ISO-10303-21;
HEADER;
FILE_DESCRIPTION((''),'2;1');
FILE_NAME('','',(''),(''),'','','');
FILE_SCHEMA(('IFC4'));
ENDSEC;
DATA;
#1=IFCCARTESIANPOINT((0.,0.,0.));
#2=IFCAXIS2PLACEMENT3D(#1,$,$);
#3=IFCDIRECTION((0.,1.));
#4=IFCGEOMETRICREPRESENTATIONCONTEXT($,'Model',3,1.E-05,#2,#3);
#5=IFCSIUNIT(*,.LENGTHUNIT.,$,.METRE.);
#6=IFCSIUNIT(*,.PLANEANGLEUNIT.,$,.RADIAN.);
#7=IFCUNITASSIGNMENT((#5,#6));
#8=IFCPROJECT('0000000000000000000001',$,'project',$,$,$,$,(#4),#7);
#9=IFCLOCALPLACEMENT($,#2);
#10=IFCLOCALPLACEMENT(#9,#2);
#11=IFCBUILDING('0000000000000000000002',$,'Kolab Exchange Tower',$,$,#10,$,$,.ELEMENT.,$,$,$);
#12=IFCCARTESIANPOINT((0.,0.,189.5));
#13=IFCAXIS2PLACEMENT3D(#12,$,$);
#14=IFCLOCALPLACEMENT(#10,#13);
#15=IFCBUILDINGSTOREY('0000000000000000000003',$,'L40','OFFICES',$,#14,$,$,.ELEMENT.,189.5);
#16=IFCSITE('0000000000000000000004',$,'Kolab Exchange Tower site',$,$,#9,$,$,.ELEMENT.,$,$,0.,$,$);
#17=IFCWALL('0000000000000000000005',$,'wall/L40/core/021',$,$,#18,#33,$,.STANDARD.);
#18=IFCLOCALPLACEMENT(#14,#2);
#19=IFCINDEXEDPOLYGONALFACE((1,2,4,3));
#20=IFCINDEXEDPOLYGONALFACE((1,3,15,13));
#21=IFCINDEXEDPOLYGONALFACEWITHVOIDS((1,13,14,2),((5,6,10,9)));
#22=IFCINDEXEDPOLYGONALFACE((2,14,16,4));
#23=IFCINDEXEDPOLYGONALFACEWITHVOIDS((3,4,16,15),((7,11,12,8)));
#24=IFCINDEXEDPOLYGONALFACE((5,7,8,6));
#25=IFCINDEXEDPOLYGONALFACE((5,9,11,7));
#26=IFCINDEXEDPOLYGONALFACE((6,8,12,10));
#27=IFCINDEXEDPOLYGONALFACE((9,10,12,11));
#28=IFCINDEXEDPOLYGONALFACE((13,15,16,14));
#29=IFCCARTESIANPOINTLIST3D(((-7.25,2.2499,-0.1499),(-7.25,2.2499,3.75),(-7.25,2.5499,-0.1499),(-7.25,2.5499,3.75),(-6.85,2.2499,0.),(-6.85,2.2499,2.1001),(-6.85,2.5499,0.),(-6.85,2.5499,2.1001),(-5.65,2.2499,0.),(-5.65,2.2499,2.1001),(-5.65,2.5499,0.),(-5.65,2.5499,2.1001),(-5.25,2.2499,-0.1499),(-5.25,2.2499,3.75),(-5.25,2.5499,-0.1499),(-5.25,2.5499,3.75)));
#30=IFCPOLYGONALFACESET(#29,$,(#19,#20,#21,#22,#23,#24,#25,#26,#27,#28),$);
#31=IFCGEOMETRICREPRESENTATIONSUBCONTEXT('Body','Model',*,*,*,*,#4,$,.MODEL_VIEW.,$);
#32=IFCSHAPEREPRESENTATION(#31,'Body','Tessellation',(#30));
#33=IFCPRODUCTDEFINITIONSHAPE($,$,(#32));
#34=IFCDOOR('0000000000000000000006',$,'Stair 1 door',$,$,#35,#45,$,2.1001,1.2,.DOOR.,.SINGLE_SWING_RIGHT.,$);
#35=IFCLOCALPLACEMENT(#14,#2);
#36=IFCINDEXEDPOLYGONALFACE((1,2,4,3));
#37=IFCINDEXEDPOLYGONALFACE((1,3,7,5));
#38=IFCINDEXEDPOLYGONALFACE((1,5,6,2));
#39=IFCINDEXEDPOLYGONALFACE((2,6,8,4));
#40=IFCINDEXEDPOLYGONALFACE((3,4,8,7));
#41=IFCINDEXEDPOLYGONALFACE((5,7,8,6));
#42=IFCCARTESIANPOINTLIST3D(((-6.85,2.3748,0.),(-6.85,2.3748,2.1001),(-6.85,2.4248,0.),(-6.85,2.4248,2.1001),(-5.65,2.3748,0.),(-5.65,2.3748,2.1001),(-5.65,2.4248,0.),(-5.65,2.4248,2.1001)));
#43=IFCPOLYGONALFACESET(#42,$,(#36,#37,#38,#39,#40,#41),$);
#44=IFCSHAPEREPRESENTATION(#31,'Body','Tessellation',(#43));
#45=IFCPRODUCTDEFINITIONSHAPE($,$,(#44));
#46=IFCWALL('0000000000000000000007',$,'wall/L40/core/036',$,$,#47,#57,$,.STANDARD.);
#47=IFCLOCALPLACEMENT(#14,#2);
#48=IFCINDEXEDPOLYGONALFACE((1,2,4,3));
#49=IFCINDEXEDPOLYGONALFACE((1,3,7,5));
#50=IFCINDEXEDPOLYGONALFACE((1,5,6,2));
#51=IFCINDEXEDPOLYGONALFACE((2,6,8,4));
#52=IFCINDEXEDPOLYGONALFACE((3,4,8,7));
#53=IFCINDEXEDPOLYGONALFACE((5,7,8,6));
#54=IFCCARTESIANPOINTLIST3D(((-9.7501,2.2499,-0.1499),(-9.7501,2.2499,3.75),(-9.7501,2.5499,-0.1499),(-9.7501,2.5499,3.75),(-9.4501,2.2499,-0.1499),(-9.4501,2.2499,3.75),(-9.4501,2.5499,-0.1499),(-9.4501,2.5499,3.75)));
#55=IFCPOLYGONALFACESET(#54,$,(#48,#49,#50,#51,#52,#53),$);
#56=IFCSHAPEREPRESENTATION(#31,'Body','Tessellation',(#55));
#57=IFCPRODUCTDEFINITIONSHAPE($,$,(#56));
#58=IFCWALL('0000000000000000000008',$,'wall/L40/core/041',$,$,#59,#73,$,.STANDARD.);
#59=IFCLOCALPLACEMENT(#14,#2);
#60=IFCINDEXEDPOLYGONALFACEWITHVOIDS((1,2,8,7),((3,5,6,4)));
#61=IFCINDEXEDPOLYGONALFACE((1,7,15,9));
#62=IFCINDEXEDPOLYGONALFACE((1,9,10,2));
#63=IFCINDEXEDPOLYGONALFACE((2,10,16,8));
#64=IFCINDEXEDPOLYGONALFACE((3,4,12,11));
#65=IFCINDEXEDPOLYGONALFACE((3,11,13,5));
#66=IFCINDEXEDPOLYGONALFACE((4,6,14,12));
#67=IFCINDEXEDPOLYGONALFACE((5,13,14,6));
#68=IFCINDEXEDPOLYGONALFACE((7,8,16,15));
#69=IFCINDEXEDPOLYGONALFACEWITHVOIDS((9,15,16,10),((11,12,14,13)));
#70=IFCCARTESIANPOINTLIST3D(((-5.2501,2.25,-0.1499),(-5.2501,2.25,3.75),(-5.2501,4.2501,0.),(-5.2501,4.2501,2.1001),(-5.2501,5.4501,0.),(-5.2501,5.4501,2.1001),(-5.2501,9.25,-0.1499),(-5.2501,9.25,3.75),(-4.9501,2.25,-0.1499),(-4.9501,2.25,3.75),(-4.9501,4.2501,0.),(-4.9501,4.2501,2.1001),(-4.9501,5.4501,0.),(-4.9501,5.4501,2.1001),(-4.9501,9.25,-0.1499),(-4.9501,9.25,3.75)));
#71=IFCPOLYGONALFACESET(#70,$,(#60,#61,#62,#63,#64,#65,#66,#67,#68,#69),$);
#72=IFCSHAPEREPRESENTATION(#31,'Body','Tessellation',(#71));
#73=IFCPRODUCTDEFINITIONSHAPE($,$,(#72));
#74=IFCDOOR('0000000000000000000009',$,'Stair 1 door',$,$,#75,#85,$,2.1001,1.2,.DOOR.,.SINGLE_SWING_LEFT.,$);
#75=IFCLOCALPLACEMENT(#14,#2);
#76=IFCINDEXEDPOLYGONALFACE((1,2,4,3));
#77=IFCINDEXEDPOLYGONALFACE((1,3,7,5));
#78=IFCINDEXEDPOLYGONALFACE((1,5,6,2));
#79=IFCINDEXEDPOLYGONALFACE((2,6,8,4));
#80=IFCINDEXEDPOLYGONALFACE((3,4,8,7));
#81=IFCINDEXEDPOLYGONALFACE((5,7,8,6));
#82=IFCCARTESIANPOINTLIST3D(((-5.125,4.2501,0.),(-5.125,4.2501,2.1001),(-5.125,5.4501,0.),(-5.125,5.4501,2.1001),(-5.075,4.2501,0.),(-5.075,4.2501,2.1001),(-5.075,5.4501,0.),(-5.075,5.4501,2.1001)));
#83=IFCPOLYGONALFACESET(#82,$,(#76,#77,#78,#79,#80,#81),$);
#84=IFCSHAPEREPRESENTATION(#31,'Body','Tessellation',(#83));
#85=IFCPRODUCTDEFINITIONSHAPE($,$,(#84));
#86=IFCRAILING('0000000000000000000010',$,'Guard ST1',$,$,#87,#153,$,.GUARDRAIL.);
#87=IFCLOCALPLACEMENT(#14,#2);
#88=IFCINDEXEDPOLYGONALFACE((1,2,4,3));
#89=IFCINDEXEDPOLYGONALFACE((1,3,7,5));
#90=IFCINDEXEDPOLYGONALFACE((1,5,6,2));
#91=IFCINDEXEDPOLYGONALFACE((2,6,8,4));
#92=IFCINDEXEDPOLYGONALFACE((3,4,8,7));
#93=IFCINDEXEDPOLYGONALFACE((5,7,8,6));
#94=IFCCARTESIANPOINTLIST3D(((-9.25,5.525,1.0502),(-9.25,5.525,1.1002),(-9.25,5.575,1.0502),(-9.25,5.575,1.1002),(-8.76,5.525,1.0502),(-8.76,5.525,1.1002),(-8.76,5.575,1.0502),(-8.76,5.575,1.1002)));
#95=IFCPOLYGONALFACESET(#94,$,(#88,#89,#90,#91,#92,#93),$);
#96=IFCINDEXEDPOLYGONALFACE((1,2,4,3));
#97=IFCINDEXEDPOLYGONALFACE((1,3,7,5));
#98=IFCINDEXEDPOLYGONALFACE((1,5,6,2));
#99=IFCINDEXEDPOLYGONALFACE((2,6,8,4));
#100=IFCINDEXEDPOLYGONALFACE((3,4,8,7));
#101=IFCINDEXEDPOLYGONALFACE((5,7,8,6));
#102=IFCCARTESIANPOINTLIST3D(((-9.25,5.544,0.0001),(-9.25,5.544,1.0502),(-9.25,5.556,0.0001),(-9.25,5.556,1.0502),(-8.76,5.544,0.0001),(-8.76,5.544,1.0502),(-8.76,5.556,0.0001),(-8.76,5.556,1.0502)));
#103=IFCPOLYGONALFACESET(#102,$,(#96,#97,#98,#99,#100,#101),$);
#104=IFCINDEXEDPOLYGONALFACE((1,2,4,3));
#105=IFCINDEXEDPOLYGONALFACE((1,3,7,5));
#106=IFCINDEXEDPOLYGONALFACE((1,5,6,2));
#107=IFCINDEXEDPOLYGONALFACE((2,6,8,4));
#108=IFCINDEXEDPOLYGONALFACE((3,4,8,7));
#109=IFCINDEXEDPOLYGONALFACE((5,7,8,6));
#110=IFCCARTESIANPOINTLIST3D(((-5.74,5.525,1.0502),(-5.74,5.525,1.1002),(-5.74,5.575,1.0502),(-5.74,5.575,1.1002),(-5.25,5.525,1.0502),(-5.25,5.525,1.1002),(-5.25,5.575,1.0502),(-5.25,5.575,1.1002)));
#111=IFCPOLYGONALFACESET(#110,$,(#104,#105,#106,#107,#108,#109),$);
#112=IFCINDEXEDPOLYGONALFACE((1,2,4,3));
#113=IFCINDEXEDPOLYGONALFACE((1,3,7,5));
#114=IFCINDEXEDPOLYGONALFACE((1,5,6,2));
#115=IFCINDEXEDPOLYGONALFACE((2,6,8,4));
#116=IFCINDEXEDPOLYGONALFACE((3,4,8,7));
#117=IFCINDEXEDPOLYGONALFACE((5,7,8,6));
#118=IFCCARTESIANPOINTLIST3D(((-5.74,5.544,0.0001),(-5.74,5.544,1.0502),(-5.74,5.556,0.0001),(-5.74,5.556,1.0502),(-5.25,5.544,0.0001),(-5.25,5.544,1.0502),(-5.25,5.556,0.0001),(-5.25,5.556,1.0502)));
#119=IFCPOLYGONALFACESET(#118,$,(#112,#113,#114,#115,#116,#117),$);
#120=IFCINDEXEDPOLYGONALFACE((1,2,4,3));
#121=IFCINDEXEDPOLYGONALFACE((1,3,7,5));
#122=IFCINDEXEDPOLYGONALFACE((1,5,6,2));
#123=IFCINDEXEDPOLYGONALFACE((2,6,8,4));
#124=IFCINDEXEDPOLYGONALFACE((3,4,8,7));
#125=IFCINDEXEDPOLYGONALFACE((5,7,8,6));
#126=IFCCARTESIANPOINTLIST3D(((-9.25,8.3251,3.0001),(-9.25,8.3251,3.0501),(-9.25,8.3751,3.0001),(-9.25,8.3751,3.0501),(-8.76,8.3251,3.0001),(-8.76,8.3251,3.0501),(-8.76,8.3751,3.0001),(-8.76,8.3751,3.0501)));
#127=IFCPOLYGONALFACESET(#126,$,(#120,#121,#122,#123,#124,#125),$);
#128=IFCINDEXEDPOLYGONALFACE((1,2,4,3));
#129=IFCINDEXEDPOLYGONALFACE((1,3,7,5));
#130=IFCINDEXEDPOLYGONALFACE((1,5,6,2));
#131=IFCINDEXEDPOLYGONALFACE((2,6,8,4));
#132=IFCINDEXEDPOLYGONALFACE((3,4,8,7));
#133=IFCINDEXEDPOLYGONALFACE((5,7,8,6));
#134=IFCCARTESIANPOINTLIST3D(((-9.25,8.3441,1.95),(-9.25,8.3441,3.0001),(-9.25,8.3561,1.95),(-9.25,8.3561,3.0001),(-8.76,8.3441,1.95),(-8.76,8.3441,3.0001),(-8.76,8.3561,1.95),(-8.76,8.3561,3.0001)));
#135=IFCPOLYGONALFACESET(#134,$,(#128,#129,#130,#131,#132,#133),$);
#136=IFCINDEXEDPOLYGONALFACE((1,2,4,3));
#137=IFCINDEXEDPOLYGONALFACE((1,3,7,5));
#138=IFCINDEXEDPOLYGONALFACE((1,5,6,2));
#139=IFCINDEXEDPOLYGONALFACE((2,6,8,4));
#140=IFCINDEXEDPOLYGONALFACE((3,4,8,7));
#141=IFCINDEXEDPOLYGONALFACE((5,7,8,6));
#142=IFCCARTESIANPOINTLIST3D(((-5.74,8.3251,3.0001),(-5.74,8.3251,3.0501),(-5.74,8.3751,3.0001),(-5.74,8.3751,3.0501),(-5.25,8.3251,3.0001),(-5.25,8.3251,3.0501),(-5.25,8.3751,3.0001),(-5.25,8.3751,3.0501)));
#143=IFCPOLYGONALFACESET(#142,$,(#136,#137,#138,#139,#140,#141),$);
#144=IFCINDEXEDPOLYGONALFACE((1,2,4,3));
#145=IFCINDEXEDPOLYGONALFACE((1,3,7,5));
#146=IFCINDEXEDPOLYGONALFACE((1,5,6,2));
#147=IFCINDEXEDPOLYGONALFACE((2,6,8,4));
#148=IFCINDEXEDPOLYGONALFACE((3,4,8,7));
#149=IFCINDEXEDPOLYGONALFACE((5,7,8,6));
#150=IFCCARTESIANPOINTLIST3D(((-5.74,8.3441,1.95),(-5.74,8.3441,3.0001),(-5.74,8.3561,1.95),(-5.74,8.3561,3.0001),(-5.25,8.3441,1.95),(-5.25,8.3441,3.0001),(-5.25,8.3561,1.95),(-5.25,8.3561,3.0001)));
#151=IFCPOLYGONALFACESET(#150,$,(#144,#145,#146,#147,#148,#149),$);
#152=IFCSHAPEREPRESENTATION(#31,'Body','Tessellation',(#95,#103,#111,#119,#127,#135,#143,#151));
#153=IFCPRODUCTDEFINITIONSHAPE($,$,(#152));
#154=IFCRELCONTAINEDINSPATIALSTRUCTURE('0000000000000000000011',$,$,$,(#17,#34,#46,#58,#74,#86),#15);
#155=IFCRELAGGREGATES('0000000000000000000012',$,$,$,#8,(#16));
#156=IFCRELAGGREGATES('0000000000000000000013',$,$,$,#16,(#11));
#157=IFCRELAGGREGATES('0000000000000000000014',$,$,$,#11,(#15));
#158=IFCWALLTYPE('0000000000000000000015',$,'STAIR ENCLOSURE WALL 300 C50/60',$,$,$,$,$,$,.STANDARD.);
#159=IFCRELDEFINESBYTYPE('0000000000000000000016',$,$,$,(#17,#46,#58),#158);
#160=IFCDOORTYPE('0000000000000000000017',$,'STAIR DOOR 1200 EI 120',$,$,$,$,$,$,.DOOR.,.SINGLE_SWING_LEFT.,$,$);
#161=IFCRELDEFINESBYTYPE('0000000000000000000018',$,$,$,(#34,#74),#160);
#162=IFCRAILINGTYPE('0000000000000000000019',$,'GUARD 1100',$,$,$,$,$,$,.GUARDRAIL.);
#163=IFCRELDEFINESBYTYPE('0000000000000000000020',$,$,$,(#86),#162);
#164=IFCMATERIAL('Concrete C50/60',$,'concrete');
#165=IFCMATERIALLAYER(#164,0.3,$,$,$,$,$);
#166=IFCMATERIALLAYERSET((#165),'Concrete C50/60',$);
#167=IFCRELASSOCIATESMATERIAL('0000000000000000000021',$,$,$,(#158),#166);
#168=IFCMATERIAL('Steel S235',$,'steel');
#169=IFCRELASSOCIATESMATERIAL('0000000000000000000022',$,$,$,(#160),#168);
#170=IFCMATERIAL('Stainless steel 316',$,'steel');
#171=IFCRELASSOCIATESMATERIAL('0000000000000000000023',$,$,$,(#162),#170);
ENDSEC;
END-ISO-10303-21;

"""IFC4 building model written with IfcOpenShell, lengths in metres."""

from ifc_helpers import new_model, si_unit, direction, frame, frame_2d, origin, origin_2d, place, context, subcontext, project, spatial, rectangle, extrude, material, layer, layer_set, type_object, element, fill, save


model = new_model("IFC4")

# Units and contexts
model_context = context("Model", 3, precision=1e-05, world=origin(), true_north=direction((0.0, 1.0)))
body_context = subcontext(model_context, "Body", "Model", "MODEL_VIEW")
ifc_project = project(units=[si_unit("LENGTHUNIT", "METRE"), si_unit("PLANEANGLEUNIT", "RADIAN")], contexts=[model_context])

# Site, building, storey
site_placement = place(None, origin())
site = spatial("IfcSite", under=ifc_project, at=site_placement, Name="Kolab Exchange Tower site", CompositionType="ELEMENT", RefElevation=0.0)
building_placement = place(site_placement, origin())
building = spatial("IfcBuilding", under=site, at=building_placement, Name="Kolab Exchange Tower", CompositionType="ELEMENT")
storey_placement = place(building_placement, frame((0.0, 0.0, 189.5)))
storey = spatial("IfcBuildingStorey", under=building, at=storey_placement, Name="L40", Description="OFFICES", CompositionType="ELEMENT", Elevation=189.5)

# Shared definitions
ifc_material_1 = material(Name="Concrete C50/60", Category="concrete")

# Shared definitions
ifc_material_2 = material(Name="Stainless steel 316", Category="steel")
ifc_material_3 = material(Name="Steel S235", Category="steel")

# Shared definitions
ifc_layer_1 = layer(ifc_material_1, 0.3)
ifc_layer_set_1 = layer_set([ifc_layer_1], Name="Concrete C50/60")
wall_type_1 = type_object("IfcWallType", Name="STAIR ENCLOSURE WALL 300 C50/60", PredefinedType="STANDARD", material=ifc_layer_set_1)

# Wall, opening, door
wall_1_placement = place(storey_placement, frame((-7.25, 2.3999, -0.1499), z_axis=(0.0, 0.0, 1.0), x_axis=(1.0, 0.0, 0.0)))
wall_1 = element("IfcWall", 1, at=wall_1_placement, inside=storey, type_object=wall_type_1, Name="wall/L40/core/021", PredefinedType="STANDARD", context=body_context, shape_type="SweptSolid", body=[
    extrude(rectangle(XDim=2.0, YDim=0.3, at=frame_2d((1.0, 0.0))), origin(), (0.0, 0.0, 1.0), 3.8999),
])
opening_1_placement = place(wall_1_placement, frame((0.3999, 0.0, 0.1499)))
opening_1 = element("IfcOpeningElement", 2, at=opening_1_placement, cuts=wall_1, PredefinedType="OPENING", context=body_context, shape_type="SweptSolid", body=[
    extrude(rectangle(XDim=1.2, YDim=2.1001, at=frame_2d((0.6001, 1.05))), frame((0.0, 0.1602, 0.0), z_axis=(0.0, -1.0, 0.0), x_axis=(1.0, 0.0, 0.0)), (0.0, 0.0, 1.0), 0.3201),
])
door_type_1 = type_object("IfcDoorType", Name="STAIR DOOR 1200 EI 120", OperationType="SINGLE_SWING_LEFT", PredefinedType="DOOR", material=ifc_material_3)
door_1_placement = place(opening_1_placement, origin())
door_1 = element("IfcDoor", 3, at=door_1_placement, inside=storey, type_object=door_type_1, Name="Stair 1 door", OperationType="SINGLE_SWING_RIGHT", OverallHeight=2.1001, OverallWidth=1.2, PredefinedType="DOOR", context=body_context, shape_type="SweptSolid", body=[
    extrude(rectangle(XDim=1.2, YDim=2.1001, at=frame_2d((0.6001, 1.05))), frame((0.0, 0.0249, 0.0), z_axis=(0.0, -1.0, 0.0), x_axis=(1.0, 0.0, 0.0)), (0.0, 0.0, 1.0), 0.05),
])
fill(opening_1, door_1)

# Wall
wall_2_placement = place(storey_placement, frame((-9.6001, 2.25, -0.1499), z_axis=(0.0, 0.0, 1.0), x_axis=(0.0, 1.0, 0.0)))
element("IfcWall", 4, at=wall_2_placement, inside=storey, type_object=wall_type_1, Name="wall/L40/core/036", PredefinedType="STANDARD", context=body_context, shape_type="SweptSolid", body=[
    extrude(rectangle(XDim=0.3, YDim=0.3, at=frame_2d((0.1499, 0.0))), origin(), (0.0, 0.0, 1.0), 3.8999),
])

# Wall, opening, door
wall_3_placement = place(storey_placement, frame((-5.1001, 2.25, -0.1499), z_axis=(0.0, 0.0, 1.0), x_axis=(0.0, 1.0, 0.0)))
wall_3 = element("IfcWall", 5, at=wall_3_placement, inside=storey, type_object=wall_type_1, Name="wall/L40/core/041", PredefinedType="STANDARD", context=body_context, shape_type="SweptSolid", body=[
    extrude(rectangle(XDim=7.0, YDim=0.3, at=frame_2d((3.5, 0.0))), origin(), (0.0, 0.0, 1.0), 3.8999),
])
opening_2_placement = place(wall_3_placement, frame((2.0, 0.0, 0.1499)))
opening_2 = element("IfcOpeningElement", 6, at=opening_2_placement, cuts=wall_3, PredefinedType="OPENING", context=body_context, shape_type="SweptSolid", body=[
    extrude(rectangle(XDim=1.2, YDim=2.1001, at=frame_2d((0.6001, 1.05))), frame((0.0, 0.1602, 0.0), z_axis=(0.0, -1.0, 0.0), x_axis=(1.0, 0.0, 0.0)), (0.0, 0.0, 1.0), 0.3201),
])
door_2_placement = place(opening_2_placement, origin())
door_2 = element("IfcDoor", 7, at=door_2_placement, inside=storey, type_object=door_type_1, Name="Stair 1 door", OperationType="SINGLE_SWING_LEFT", OverallHeight=2.1001, OverallWidth=1.2, PredefinedType="DOOR", context=body_context, shape_type="SweptSolid", body=[
    extrude(rectangle(XDim=1.2, YDim=2.1001, at=frame_2d((0.6001, 1.05))), frame((0.0, 0.0249, 0.0), z_axis=(0.0, -1.0, 0.0), x_axis=(1.0, 0.0, 0.0)), (0.0, 0.0, 1.0), 0.05),
])
fill(opening_2, door_2)

# Railing
railing_type = type_object("IfcRailingType", Name="GUARD 1100", PredefinedType="GUARDRAIL", material=ifc_material_2)
railing_placement = place(storey_placement, frame((-9.25, 5.55, 0.0)))
element("IfcRailing", 8, at=railing_placement, inside=storey, type_object=railing_type, Name="Guard ST1", PredefinedType="GUARDRAIL", context=body_context, shape_type="SweptSolid", body=[
    extrude(rectangle(XDim=0.05, YDim=0.05, at=origin_2d()), frame((0.0, 0.0, 1.0752), z_axis=(1.0, 0.0, 0.0), x_axis=(0.0, 1.0, 0.0)), (0.0, 0.0, 1.0), 0.49),
    extrude(rectangle(XDim=0.012, YDim=1.0501, at=frame_2d((0.0, 0.5251))), frame((0.0, 0.0, 0.0), z_axis=(1.0, 0.0, 0.0), x_axis=(0.0, 1.0, 0.0)), (0.0, 0.0, 1.0), 0.49),
    extrude(rectangle(XDim=0.05, YDim=0.05, at=origin_2d()), frame((3.51, 0.0, 1.0752), z_axis=(1.0, 0.0, 0.0), x_axis=(0.0, 1.0, 0.0)), (0.0, 0.0, 1.0), 0.49),
    extrude(rectangle(XDim=0.012, YDim=1.0501, at=frame_2d((0.0, 0.5251))), frame((3.51, 0.0, 0.0), z_axis=(1.0, 0.0, 0.0), x_axis=(0.0, 1.0, 0.0)), (0.0, 0.0, 1.0), 0.49),
    extrude(rectangle(XDim=0.05, YDim=0.05, at=origin_2d()), frame((0.0, 2.8, 3.0251), z_axis=(1.0, 0.0, 0.0), x_axis=(0.0, 1.0, 0.0)), (0.0, 0.0, 1.0), 0.49),
    extrude(rectangle(XDim=0.012, YDim=1.0501, at=frame_2d((0.0, 0.5251))), frame((0.0, 2.8, 1.95), z_axis=(1.0, 0.0, 0.0), x_axis=(0.0, 1.0, 0.0)), (0.0, 0.0, 1.0), 0.49),
    extrude(rectangle(XDim=0.05, YDim=0.05, at=origin_2d()), frame((3.51, 2.8, 3.0251), z_axis=(1.0, 0.0, 0.0), x_axis=(0.0, 1.0, 0.0)), (0.0, 0.0, 1.0), 0.49),
    extrude(rectangle(XDim=0.012, YDim=1.0501, at=frame_2d((0.0, 0.5251))), frame((3.51, 2.8, 1.95), z_axis=(1.0, 0.0, 0.0), x_axis=(0.0, 1.0, 0.0)), (0.0, 0.0, 1.0), 0.49),
])

save(model, "model.ifc")
